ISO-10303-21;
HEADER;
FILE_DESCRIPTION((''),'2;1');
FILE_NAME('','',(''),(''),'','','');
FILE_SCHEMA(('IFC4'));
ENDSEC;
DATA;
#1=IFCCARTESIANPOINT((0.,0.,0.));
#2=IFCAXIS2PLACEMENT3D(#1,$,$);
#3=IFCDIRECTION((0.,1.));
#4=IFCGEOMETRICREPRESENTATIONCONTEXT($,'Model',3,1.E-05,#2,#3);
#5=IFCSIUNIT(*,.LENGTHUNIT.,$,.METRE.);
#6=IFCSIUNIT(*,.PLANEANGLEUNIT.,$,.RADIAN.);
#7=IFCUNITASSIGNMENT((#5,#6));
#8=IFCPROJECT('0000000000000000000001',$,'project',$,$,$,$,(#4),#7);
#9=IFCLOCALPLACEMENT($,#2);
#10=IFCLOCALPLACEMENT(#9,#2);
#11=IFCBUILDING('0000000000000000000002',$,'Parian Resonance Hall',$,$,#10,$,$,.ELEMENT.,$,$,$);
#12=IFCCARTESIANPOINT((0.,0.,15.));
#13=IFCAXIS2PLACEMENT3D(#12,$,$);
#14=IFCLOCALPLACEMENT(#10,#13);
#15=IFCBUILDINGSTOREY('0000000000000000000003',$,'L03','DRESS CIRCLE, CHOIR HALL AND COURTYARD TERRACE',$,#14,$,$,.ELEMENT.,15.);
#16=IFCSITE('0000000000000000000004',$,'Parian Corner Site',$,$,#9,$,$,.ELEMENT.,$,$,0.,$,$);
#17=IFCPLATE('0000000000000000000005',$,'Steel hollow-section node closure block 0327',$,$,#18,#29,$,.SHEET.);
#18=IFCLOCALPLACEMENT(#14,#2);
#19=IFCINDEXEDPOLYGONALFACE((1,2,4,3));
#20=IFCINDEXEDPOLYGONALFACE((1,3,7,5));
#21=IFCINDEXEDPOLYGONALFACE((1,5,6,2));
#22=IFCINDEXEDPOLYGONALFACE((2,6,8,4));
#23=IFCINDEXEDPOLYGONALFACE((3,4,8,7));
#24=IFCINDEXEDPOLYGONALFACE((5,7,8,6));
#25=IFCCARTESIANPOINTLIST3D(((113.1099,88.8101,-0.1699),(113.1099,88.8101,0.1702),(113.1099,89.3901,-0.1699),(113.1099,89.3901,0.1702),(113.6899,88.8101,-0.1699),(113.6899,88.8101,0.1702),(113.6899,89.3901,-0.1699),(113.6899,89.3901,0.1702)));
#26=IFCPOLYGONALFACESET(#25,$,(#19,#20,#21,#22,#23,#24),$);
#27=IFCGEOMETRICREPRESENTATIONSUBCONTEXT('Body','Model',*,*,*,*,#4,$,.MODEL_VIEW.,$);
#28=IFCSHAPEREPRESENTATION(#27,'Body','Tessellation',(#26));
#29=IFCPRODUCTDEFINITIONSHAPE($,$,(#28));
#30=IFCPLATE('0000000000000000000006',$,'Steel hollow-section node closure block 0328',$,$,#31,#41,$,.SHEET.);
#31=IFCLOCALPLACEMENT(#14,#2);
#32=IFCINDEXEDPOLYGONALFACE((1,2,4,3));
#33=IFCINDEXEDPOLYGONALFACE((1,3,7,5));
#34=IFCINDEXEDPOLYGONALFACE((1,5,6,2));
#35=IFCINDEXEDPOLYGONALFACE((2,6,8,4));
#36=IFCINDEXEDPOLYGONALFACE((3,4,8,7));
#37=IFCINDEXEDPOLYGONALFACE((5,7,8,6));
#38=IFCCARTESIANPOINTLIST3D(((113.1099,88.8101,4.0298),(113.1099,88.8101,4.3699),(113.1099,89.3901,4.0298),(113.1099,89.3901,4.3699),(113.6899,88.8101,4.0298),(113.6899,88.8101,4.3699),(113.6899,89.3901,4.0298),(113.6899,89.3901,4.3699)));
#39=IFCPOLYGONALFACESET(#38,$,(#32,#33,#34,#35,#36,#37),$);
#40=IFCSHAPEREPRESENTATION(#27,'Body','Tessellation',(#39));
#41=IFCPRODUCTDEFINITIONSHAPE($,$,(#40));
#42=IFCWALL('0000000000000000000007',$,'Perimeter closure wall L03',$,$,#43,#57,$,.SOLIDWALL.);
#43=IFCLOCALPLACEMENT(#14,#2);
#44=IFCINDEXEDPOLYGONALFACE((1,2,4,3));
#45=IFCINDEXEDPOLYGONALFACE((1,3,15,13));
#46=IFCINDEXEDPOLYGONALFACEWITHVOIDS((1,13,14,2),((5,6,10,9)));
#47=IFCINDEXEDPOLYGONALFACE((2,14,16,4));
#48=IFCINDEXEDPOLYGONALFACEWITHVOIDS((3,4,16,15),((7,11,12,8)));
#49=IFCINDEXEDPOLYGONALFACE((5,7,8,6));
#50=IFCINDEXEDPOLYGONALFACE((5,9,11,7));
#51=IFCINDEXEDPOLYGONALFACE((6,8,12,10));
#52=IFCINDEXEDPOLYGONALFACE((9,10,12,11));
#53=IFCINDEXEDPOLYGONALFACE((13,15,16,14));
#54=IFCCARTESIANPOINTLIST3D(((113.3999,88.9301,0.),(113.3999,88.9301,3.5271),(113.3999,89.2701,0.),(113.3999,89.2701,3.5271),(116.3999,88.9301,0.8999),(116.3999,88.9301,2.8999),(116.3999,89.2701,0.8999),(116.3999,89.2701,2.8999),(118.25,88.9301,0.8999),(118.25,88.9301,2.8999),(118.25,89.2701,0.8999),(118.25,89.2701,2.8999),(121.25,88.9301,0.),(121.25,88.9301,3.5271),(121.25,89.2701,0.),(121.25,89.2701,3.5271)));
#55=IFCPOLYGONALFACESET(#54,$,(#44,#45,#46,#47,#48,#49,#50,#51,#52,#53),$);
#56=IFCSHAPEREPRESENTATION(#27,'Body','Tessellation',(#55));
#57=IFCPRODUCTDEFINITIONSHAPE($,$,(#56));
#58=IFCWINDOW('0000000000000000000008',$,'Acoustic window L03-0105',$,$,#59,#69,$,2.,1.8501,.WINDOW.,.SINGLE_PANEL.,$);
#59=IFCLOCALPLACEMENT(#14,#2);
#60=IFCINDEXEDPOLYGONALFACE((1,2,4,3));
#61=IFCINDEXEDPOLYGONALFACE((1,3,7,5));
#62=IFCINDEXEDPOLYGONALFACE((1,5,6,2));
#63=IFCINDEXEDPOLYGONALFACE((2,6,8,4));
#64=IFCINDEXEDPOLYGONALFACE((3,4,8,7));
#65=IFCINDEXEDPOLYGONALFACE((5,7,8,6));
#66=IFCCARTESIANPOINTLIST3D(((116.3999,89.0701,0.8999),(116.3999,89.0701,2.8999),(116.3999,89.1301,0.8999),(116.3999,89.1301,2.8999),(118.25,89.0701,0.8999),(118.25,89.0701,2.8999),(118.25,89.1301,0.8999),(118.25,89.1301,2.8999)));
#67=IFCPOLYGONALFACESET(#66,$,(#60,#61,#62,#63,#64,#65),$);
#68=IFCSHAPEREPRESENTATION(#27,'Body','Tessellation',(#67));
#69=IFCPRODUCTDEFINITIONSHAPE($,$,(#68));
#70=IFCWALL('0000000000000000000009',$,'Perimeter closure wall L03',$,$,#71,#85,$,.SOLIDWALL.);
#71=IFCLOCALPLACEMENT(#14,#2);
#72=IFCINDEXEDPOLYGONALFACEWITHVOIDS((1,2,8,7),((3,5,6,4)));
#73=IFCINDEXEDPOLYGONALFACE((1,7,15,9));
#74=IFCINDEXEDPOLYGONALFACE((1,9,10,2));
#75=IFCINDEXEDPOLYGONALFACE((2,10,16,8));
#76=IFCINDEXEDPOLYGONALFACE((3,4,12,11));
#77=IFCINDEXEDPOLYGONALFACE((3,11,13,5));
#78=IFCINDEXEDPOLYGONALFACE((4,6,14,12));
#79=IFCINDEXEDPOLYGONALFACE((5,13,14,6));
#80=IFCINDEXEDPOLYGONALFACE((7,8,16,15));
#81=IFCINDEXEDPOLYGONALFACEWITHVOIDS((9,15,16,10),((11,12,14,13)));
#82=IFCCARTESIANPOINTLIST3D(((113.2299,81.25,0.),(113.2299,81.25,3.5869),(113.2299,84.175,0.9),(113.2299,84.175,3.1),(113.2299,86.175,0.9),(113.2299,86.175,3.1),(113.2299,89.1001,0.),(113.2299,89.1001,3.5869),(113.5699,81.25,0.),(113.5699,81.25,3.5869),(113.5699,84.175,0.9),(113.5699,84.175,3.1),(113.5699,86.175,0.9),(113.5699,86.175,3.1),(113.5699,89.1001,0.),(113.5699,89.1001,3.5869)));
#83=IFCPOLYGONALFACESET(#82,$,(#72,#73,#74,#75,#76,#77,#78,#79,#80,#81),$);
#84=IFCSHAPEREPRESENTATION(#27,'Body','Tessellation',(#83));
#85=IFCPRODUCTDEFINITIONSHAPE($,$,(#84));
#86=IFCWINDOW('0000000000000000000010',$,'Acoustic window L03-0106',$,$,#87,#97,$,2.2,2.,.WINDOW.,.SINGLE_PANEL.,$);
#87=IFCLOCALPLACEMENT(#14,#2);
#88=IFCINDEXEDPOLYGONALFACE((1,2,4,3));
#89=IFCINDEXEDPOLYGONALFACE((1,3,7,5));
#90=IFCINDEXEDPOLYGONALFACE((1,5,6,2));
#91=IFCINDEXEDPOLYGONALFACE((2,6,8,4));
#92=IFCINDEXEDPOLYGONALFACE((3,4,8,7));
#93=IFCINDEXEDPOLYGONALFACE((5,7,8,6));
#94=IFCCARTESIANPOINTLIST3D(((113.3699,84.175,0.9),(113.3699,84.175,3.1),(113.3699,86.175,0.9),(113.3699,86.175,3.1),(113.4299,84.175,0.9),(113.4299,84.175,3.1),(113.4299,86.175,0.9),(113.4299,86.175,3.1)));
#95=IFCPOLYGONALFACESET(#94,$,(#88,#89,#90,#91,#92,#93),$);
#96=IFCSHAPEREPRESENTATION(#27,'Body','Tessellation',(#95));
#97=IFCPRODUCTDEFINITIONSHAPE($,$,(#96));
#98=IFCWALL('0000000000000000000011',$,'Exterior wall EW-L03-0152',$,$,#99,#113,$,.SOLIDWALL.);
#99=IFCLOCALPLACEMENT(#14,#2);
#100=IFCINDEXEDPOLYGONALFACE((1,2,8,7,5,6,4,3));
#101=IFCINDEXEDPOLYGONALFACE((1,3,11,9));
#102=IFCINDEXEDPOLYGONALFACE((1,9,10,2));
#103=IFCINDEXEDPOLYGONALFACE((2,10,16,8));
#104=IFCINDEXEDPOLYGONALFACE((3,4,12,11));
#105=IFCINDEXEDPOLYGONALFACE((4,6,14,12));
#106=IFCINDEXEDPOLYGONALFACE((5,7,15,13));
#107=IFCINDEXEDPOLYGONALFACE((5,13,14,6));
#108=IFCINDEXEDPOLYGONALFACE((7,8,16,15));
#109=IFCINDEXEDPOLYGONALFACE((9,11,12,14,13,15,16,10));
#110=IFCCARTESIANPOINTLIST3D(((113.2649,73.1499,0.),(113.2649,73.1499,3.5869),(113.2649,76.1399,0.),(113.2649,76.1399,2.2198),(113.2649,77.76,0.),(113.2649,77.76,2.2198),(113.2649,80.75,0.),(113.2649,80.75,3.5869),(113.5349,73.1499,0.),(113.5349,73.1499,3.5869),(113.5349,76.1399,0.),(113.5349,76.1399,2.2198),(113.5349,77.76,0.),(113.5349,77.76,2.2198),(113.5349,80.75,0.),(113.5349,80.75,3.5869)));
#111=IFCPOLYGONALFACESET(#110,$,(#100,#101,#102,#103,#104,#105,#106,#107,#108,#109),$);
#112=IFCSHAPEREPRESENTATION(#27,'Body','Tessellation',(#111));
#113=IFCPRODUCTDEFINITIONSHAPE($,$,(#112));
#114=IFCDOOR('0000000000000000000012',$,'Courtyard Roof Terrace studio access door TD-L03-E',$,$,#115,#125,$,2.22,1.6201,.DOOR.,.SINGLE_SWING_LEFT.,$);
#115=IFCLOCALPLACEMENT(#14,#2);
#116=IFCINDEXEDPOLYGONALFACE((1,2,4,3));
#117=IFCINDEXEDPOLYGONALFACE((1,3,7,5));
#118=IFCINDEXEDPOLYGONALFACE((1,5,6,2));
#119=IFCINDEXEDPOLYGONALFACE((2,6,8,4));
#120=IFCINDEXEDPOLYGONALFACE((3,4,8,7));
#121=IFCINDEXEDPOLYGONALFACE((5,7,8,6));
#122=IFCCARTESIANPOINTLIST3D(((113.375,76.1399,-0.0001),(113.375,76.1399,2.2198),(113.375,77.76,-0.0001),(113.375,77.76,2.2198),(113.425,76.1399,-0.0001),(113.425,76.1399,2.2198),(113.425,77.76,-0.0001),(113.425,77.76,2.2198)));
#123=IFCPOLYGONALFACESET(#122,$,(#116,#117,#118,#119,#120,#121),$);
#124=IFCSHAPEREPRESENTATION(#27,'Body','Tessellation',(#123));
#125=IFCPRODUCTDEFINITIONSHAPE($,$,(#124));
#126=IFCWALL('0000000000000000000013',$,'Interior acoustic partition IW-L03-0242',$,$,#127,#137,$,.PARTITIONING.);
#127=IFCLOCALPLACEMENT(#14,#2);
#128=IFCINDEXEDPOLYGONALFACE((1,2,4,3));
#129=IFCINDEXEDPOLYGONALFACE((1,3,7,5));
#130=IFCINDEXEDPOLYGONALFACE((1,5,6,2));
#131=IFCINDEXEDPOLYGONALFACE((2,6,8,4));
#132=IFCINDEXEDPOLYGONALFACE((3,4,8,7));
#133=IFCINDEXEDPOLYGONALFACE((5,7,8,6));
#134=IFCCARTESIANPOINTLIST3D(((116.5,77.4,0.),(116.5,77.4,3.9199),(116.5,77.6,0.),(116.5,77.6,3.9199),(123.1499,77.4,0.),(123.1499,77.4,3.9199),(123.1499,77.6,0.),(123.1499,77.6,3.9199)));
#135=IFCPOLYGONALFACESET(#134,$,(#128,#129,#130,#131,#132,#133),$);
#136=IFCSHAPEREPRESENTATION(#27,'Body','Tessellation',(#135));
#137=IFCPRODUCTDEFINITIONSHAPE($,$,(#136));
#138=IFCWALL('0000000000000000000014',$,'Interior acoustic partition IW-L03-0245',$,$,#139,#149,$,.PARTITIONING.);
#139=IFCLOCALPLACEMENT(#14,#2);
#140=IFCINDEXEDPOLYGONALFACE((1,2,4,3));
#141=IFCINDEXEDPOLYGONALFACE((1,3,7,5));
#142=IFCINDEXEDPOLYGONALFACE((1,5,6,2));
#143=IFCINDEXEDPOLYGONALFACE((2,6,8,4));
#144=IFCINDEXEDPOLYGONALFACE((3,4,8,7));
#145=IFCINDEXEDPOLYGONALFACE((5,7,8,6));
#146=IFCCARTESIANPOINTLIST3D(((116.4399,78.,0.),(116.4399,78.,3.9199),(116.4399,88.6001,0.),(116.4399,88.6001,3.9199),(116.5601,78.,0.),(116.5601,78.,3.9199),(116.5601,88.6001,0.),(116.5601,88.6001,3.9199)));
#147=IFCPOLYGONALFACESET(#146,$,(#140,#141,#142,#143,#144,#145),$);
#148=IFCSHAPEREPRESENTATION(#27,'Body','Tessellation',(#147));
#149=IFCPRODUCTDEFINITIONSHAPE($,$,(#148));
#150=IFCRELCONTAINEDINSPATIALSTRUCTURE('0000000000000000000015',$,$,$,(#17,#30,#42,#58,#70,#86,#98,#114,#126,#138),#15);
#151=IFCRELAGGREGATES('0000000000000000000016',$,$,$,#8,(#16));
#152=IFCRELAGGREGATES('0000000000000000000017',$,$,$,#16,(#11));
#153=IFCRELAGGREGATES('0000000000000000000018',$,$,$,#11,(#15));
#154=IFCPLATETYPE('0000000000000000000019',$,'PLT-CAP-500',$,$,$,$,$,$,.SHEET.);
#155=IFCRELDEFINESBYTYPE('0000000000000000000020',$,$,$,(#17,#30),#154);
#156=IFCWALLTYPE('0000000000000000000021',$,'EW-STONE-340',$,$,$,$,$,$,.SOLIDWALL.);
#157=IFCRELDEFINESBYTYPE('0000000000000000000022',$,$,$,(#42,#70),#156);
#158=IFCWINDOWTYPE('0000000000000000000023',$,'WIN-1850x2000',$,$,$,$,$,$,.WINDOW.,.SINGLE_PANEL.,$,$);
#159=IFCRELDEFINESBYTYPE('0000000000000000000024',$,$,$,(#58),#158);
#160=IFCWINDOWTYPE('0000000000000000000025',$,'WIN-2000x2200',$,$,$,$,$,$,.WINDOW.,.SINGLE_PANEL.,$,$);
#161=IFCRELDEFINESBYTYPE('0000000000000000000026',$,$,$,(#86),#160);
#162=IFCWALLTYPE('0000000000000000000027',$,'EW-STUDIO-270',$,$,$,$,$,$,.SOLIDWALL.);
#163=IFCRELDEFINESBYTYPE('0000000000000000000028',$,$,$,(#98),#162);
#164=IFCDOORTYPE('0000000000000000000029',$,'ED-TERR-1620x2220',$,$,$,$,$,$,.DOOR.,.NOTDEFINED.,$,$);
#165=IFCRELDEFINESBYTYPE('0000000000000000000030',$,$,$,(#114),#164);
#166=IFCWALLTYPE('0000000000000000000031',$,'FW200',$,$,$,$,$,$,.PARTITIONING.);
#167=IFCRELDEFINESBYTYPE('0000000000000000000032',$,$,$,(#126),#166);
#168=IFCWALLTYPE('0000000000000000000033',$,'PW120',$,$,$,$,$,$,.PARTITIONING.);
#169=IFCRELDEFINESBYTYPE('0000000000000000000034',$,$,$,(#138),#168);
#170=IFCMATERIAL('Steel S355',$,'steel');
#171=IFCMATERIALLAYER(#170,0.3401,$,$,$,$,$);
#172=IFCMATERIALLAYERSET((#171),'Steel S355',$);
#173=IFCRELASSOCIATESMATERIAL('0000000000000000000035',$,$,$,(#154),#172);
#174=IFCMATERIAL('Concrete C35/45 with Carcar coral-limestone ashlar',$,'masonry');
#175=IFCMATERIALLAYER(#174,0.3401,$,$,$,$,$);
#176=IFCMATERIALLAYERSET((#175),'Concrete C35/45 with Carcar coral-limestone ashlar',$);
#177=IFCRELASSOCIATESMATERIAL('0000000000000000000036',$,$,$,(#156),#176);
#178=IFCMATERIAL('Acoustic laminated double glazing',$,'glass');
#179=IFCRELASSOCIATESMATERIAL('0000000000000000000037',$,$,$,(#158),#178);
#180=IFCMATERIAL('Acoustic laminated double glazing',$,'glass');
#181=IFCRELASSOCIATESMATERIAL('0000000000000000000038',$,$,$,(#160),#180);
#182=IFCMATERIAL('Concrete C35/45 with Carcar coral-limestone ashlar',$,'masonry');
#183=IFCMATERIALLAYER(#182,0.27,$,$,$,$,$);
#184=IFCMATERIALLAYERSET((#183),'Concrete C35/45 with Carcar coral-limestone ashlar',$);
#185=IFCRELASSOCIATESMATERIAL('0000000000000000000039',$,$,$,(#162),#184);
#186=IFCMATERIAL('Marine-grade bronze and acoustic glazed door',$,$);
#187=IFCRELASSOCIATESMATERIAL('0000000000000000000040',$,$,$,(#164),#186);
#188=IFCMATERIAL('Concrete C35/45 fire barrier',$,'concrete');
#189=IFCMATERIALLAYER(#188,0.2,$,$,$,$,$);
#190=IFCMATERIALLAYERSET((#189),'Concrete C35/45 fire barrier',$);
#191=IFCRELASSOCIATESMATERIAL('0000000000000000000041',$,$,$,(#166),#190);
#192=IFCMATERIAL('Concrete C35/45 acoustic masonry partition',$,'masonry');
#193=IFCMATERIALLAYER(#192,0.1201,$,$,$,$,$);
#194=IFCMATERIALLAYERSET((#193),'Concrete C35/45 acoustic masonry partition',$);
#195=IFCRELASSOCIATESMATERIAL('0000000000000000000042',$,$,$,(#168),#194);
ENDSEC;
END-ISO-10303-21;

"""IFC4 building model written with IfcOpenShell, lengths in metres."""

from ifc_helpers import new_model, si_unit, direction, frame, frame_2d, origin, origin_2d, place, context, subcontext, project, spatial, rectangle, extrude, material, layer, layer_set, type_object, element, fill, save


model = new_model("IFC4")

# Units and contexts
model_context = context("Model", 3, precision=1e-05, world=origin(), true_north=direction((0.0, 1.0)))
body_context = subcontext(model_context, "Body", "Model", "MODEL_VIEW")
ifc_project = project(units=[si_unit("LENGTHUNIT", "METRE"), si_unit("PLANEANGLEUNIT", "RADIAN")], contexts=[model_context])

# Site, building, storey
site_placement = place(None, origin())
site = spatial("IfcSite", under=ifc_project, at=site_placement, Name="Parian Corner Site", CompositionType="ELEMENT", RefElevation=0.0)
building_placement = place(site_placement, origin())
building = spatial("IfcBuilding", under=site, at=building_placement, Name="Parian Resonance Hall", CompositionType="ELEMENT")
storey_placement = place(building_placement, frame((0.0, 0.0, 15.0)))
storey = spatial("IfcBuildingStorey", under=building, at=storey_placement, Name="L03", Description="DRESS CIRCLE, CHOIR HALL AND COURTYARD TERRACE", CompositionType="ELEMENT", Elevation=15.0)

# Plates
ifc_material_1 = material(Name="Steel S355", Category="steel")
ifc_layer_1 = layer(ifc_material_1, 0.3401)
ifc_layer_set_1 = layer_set([ifc_layer_1], Name="Steel S355")
plate_type = type_object("IfcPlateType", Name="PLT-CAP-500", PredefinedType="SHEET", material=ifc_layer_set_1)
for number, where, z_axis, x_axis, name in (
    (1, (113.3999, 89.1001, -0.1699), (0.0, 0.0, 1.0), (1.0, 0.0, 0.0), "Steel hollow-section node closure block 0327"),
    (2, (113.3999, 89.1001, 4.0298), (0.0, 0.0, 1.0), (1.0, 0.0, 0.0), "Steel hollow-section node closure block 0328"),
):
    element("IfcPlate", number, at=place(storey_placement, frame(where, z_axis=z_axis, x_axis=x_axis)), inside=storey, type_object=plate_type, Name=name, PredefinedType="SHEET", context=body_context, shape_type="SweptSolid", body=[
        extrude(rectangle(XDim=0.5801, YDim=0.5801, at=origin_2d()), origin(), (0.0, 0.0, 1.0), 0.3401),
    ])

# Walls, openings, windows
ifc_material_2 = material(Name="Concrete C35/45 with Carcar coral-limestone ashlar", Category="masonry")
ifc_layer_2 = layer(ifc_material_2, 0.3401)
ifc_layer_set_2 = layer_set([ifc_layer_2], Name="Concrete C35/45 with Carcar coral-limestone ashlar")
wall_type_1 = type_object("IfcWallType", Name="EW-STONE-340", PredefinedType="SOLIDWALL", material=ifc_layer_set_2)
wall_1_placement = place(storey_placement, frame((121.25, 89.1001, 0.0), z_axis=(0.0, 0.0, 1.0), x_axis=(-1.0, 0.0, 0.0)))
wall_1 = element("IfcWall", 3, at=wall_1_placement, inside=storey, type_object=wall_type_1, Name="Perimeter closure wall L03", PredefinedType="SOLIDWALL", context=body_context, shape_type="SweptSolid", body=[
    extrude(rectangle(XDim=7.8501, YDim=0.3401, at=frame_2d((3.925, 0.0))), origin(), (0.0, 0.0, 1.0), 3.5271),
])
opening_1_placement = place(wall_1_placement, frame((3.0, 0.0, 0.8999)))
opening_1 = element("IfcOpeningElement", 4, at=opening_1_placement, cuts=wall_1, PredefinedType="OPENING", context=body_context, shape_type="SweptSolid", body=[
    extrude(rectangle(XDim=1.8501, YDim=2.0, at=frame_2d((0.925, 1.0))), frame((0.0, 0.1799, 0.0), z_axis=(0.0, -1.0, 0.0), x_axis=(1.0, 0.0, 0.0)), (0.0, 0.0, 1.0), 0.3601),
])
ifc_material_3 = material(Name="Acoustic laminated double glazing", Category="glass")
window_type_1 = type_object("IfcWindowType", Name="WIN-1850x2000", PartitioningType="SINGLE_PANEL", PredefinedType="WINDOW", material=ifc_material_3)
window_1_placement = place(opening_1_placement, origin())
window_1 = element("IfcWindow", 5, at=window_1_placement, inside=storey, type_object=window_type_1, Name="Acoustic window L03-0105", OverallHeight=2.0, OverallWidth=1.8501, PartitioningType="SINGLE_PANEL", PredefinedType="WINDOW", context=body_context, shape_type="SweptSolid", body=[
    extrude(rectangle(XDim=1.8501, YDim=2.0, at=frame_2d((0.925, 1.0))), frame((0.0, 0.03, 0.0), z_axis=(0.0, -1.0, 0.0), x_axis=(1.0, 0.0, 0.0)), (0.0, 0.0, 1.0), 0.0601),
])
fill(opening_1, window_1)
wall_2_placement = place(storey_placement, frame((113.3999, 89.1001, 0.0), z_axis=(0.0, 0.0, 1.0), x_axis=(0.0, -1.0, 0.0)))
wall_2 = element("IfcWall", 6, at=wall_2_placement, inside=storey, type_object=wall_type_1, Name="Perimeter closure wall L03", PredefinedType="SOLIDWALL", context=body_context, shape_type="SweptSolid", body=[
    extrude(rectangle(XDim=7.8501, YDim=0.3401, at=frame_2d((3.925, 0.0))), origin(), (0.0, 0.0, 1.0), 3.5869),
])
opening_2_placement = place(wall_2_placement, frame((2.925, 0.0, 0.8999)))
opening_2 = element("IfcOpeningElement", 7, at=opening_2_placement, cuts=wall_2, PredefinedType="OPENING", context=body_context, shape_type="SweptSolid", body=[
    extrude(rectangle(XDim=2.0, YDim=2.2, at=frame_2d((1.0, 1.1001))), frame((0.0, 0.1799, 0.0), z_axis=(0.0, -1.0, 0.0), x_axis=(1.0, 0.0, 0.0)), (0.0, 0.0, 1.0), 0.3601),
])
ifc_material_4 = material(Name="Acoustic laminated double glazing", Category="glass")
window_type_2 = type_object("IfcWindowType", Name="WIN-2000x2200", PartitioningType="SINGLE_PANEL", PredefinedType="WINDOW", material=ifc_material_4)
window_2_placement = place(opening_2_placement, origin())
window_2 = element("IfcWindow", 8, at=window_2_placement, inside=storey, type_object=window_type_2, Name="Acoustic window L03-0106", OverallHeight=2.2, OverallWidth=2.0, PartitioningType="SINGLE_PANEL", PredefinedType="WINDOW", context=body_context, shape_type="SweptSolid", body=[
    extrude(rectangle(XDim=2.0, YDim=2.2, at=frame_2d((1.0, 1.1001))), frame((0.0, 0.03, 0.0), z_axis=(0.0, -1.0, 0.0), x_axis=(1.0, 0.0, 0.0)), (0.0, 0.0, 1.0), 0.0601),
])
fill(opening_2, window_2)

# Wall, opening, door
ifc_material_5 = material(Name="Concrete C35/45 with Carcar coral-limestone ashlar", Category="masonry")
ifc_layer_3 = layer(ifc_material_5, 0.27)
ifc_layer_set_3 = layer_set([ifc_layer_3], Name="Concrete C35/45 with Carcar coral-limestone ashlar")
wall_type_2 = type_object("IfcWallType", Name="EW-STUDIO-270", PredefinedType="SOLIDWALL", material=ifc_layer_set_3)
wall_3_placement = place(storey_placement, frame((113.3999, 73.1499, 0.0), z_axis=(0.0, 0.0, 1.0), x_axis=(0.0, 1.0, 0.0)))
wall_3 = element("IfcWall", 9, at=wall_3_placement, inside=storey, type_object=wall_type_2, Name="Exterior wall EW-L03-0152", PredefinedType="SOLIDWALL", context=body_context, shape_type="SweptSolid", body=[
    extrude(rectangle(XDim=7.6001, YDim=0.27, at=frame_2d((3.8, 0.0))), origin(), (0.0, 0.0, 1.0), 3.5869),
])
opening_3_placement = place(wall_3_placement, frame((2.99, 0.0, 0.0)))
opening_3 = element("IfcOpeningElement", 10, at=opening_3_placement, cuts=wall_3, PredefinedType="OPENING", context=body_context, shape_type="SweptSolid", body=[
    extrude(rectangle(XDim=1.6201, YDim=2.22, at=frame_2d((0.8101, 1.1099))), frame((0.0, 0.145, 0.0), z_axis=(0.0, -1.0, 0.0), x_axis=(1.0, 0.0, 0.0)), (0.0, 0.0, 1.0), 0.29),
])
ifc_material_6 = material(Name="Marine-grade bronze and acoustic glazed door")
door_type = type_object("IfcDoorType", Name="ED-TERR-1620x2220", OperationType="NOTDEFINED", PredefinedType="DOOR", material=ifc_material_6)
door_placement = place(opening_3_placement, origin())
door = element("IfcDoor", 11, at=door_placement, inside=storey, type_object=door_type, Name="Courtyard Roof Terrace studio access door TD-L03-E", OperationType="SINGLE_SWING_LEFT", OverallHeight=2.22, OverallWidth=1.6201, PredefinedType="DOOR", context=body_context, shape_type="SweptSolid", body=[
    extrude(rectangle(XDim=1.6201, YDim=2.22, at=frame_2d((0.8101, 1.1099))), frame((0.0, 0.0249, 0.0), z_axis=(0.0, -1.0, 0.0), x_axis=(1.0, 0.0, 0.0)), (0.0, 0.0, 1.0), 0.05),
])
fill(opening_3, door)

# Walls
ifc_material_7 = material(Name="Concrete C35/45 fire barrier", Category="concrete")
ifc_layer_4 = layer(ifc_material_7, 0.2)
ifc_layer_set_4 = layer_set([ifc_layer_4], Name="Concrete C35/45 fire barrier")
wall_type_3 = type_object("IfcWallType", Name="FW200", PredefinedType="PARTITIONING", material=ifc_layer_set_4)
wall_4_placement = place(storey_placement, frame((116.5, 77.5, 0.0), z_axis=(0.0, 0.0, 1.0), x_axis=(1.0, 0.0, 0.0)))
element("IfcWall", 12, at=wall_4_placement, inside=storey, type_object=wall_type_3, Name="Interior acoustic partition IW-L03-0242", PredefinedType="PARTITIONING", context=body_context, shape_type="SweptSolid", body=[
    extrude(rectangle(XDim=6.6499, YDim=0.2, at=frame_2d((3.325, 0.0))), origin(), (0.0, 0.0, 1.0), 3.9199),
])
ifc_material_8 = material(Name="Concrete C35/45 acoustic masonry partition", Category="masonry")
ifc_layer_5 = layer(ifc_material_8, 0.1201)
ifc_layer_set_5 = layer_set([ifc_layer_5], Name="Concrete C35/45 acoustic masonry partition")
wall_type_4 = type_object("IfcWallType", Name="PW120", PredefinedType="PARTITIONING", material=ifc_layer_set_5)
wall_5_placement = place(storey_placement, frame((116.5, 78.0, 0.0), z_axis=(0.0, 0.0, 1.0), x_axis=(0.0, 1.0, 0.0)))
element("IfcWall", 13, at=wall_5_placement, inside=storey, type_object=wall_type_4, Name="Interior acoustic partition IW-L03-0245", PredefinedType="PARTITIONING", context=body_context, shape_type="SweptSolid", body=[
    extrude(rectangle(XDim=10.6001, YDim=0.1201, at=frame_2d((5.3, 0.0))), origin(), (0.0, 0.0, 1.0), 3.9199),
])

save(model, "model.ifc")
